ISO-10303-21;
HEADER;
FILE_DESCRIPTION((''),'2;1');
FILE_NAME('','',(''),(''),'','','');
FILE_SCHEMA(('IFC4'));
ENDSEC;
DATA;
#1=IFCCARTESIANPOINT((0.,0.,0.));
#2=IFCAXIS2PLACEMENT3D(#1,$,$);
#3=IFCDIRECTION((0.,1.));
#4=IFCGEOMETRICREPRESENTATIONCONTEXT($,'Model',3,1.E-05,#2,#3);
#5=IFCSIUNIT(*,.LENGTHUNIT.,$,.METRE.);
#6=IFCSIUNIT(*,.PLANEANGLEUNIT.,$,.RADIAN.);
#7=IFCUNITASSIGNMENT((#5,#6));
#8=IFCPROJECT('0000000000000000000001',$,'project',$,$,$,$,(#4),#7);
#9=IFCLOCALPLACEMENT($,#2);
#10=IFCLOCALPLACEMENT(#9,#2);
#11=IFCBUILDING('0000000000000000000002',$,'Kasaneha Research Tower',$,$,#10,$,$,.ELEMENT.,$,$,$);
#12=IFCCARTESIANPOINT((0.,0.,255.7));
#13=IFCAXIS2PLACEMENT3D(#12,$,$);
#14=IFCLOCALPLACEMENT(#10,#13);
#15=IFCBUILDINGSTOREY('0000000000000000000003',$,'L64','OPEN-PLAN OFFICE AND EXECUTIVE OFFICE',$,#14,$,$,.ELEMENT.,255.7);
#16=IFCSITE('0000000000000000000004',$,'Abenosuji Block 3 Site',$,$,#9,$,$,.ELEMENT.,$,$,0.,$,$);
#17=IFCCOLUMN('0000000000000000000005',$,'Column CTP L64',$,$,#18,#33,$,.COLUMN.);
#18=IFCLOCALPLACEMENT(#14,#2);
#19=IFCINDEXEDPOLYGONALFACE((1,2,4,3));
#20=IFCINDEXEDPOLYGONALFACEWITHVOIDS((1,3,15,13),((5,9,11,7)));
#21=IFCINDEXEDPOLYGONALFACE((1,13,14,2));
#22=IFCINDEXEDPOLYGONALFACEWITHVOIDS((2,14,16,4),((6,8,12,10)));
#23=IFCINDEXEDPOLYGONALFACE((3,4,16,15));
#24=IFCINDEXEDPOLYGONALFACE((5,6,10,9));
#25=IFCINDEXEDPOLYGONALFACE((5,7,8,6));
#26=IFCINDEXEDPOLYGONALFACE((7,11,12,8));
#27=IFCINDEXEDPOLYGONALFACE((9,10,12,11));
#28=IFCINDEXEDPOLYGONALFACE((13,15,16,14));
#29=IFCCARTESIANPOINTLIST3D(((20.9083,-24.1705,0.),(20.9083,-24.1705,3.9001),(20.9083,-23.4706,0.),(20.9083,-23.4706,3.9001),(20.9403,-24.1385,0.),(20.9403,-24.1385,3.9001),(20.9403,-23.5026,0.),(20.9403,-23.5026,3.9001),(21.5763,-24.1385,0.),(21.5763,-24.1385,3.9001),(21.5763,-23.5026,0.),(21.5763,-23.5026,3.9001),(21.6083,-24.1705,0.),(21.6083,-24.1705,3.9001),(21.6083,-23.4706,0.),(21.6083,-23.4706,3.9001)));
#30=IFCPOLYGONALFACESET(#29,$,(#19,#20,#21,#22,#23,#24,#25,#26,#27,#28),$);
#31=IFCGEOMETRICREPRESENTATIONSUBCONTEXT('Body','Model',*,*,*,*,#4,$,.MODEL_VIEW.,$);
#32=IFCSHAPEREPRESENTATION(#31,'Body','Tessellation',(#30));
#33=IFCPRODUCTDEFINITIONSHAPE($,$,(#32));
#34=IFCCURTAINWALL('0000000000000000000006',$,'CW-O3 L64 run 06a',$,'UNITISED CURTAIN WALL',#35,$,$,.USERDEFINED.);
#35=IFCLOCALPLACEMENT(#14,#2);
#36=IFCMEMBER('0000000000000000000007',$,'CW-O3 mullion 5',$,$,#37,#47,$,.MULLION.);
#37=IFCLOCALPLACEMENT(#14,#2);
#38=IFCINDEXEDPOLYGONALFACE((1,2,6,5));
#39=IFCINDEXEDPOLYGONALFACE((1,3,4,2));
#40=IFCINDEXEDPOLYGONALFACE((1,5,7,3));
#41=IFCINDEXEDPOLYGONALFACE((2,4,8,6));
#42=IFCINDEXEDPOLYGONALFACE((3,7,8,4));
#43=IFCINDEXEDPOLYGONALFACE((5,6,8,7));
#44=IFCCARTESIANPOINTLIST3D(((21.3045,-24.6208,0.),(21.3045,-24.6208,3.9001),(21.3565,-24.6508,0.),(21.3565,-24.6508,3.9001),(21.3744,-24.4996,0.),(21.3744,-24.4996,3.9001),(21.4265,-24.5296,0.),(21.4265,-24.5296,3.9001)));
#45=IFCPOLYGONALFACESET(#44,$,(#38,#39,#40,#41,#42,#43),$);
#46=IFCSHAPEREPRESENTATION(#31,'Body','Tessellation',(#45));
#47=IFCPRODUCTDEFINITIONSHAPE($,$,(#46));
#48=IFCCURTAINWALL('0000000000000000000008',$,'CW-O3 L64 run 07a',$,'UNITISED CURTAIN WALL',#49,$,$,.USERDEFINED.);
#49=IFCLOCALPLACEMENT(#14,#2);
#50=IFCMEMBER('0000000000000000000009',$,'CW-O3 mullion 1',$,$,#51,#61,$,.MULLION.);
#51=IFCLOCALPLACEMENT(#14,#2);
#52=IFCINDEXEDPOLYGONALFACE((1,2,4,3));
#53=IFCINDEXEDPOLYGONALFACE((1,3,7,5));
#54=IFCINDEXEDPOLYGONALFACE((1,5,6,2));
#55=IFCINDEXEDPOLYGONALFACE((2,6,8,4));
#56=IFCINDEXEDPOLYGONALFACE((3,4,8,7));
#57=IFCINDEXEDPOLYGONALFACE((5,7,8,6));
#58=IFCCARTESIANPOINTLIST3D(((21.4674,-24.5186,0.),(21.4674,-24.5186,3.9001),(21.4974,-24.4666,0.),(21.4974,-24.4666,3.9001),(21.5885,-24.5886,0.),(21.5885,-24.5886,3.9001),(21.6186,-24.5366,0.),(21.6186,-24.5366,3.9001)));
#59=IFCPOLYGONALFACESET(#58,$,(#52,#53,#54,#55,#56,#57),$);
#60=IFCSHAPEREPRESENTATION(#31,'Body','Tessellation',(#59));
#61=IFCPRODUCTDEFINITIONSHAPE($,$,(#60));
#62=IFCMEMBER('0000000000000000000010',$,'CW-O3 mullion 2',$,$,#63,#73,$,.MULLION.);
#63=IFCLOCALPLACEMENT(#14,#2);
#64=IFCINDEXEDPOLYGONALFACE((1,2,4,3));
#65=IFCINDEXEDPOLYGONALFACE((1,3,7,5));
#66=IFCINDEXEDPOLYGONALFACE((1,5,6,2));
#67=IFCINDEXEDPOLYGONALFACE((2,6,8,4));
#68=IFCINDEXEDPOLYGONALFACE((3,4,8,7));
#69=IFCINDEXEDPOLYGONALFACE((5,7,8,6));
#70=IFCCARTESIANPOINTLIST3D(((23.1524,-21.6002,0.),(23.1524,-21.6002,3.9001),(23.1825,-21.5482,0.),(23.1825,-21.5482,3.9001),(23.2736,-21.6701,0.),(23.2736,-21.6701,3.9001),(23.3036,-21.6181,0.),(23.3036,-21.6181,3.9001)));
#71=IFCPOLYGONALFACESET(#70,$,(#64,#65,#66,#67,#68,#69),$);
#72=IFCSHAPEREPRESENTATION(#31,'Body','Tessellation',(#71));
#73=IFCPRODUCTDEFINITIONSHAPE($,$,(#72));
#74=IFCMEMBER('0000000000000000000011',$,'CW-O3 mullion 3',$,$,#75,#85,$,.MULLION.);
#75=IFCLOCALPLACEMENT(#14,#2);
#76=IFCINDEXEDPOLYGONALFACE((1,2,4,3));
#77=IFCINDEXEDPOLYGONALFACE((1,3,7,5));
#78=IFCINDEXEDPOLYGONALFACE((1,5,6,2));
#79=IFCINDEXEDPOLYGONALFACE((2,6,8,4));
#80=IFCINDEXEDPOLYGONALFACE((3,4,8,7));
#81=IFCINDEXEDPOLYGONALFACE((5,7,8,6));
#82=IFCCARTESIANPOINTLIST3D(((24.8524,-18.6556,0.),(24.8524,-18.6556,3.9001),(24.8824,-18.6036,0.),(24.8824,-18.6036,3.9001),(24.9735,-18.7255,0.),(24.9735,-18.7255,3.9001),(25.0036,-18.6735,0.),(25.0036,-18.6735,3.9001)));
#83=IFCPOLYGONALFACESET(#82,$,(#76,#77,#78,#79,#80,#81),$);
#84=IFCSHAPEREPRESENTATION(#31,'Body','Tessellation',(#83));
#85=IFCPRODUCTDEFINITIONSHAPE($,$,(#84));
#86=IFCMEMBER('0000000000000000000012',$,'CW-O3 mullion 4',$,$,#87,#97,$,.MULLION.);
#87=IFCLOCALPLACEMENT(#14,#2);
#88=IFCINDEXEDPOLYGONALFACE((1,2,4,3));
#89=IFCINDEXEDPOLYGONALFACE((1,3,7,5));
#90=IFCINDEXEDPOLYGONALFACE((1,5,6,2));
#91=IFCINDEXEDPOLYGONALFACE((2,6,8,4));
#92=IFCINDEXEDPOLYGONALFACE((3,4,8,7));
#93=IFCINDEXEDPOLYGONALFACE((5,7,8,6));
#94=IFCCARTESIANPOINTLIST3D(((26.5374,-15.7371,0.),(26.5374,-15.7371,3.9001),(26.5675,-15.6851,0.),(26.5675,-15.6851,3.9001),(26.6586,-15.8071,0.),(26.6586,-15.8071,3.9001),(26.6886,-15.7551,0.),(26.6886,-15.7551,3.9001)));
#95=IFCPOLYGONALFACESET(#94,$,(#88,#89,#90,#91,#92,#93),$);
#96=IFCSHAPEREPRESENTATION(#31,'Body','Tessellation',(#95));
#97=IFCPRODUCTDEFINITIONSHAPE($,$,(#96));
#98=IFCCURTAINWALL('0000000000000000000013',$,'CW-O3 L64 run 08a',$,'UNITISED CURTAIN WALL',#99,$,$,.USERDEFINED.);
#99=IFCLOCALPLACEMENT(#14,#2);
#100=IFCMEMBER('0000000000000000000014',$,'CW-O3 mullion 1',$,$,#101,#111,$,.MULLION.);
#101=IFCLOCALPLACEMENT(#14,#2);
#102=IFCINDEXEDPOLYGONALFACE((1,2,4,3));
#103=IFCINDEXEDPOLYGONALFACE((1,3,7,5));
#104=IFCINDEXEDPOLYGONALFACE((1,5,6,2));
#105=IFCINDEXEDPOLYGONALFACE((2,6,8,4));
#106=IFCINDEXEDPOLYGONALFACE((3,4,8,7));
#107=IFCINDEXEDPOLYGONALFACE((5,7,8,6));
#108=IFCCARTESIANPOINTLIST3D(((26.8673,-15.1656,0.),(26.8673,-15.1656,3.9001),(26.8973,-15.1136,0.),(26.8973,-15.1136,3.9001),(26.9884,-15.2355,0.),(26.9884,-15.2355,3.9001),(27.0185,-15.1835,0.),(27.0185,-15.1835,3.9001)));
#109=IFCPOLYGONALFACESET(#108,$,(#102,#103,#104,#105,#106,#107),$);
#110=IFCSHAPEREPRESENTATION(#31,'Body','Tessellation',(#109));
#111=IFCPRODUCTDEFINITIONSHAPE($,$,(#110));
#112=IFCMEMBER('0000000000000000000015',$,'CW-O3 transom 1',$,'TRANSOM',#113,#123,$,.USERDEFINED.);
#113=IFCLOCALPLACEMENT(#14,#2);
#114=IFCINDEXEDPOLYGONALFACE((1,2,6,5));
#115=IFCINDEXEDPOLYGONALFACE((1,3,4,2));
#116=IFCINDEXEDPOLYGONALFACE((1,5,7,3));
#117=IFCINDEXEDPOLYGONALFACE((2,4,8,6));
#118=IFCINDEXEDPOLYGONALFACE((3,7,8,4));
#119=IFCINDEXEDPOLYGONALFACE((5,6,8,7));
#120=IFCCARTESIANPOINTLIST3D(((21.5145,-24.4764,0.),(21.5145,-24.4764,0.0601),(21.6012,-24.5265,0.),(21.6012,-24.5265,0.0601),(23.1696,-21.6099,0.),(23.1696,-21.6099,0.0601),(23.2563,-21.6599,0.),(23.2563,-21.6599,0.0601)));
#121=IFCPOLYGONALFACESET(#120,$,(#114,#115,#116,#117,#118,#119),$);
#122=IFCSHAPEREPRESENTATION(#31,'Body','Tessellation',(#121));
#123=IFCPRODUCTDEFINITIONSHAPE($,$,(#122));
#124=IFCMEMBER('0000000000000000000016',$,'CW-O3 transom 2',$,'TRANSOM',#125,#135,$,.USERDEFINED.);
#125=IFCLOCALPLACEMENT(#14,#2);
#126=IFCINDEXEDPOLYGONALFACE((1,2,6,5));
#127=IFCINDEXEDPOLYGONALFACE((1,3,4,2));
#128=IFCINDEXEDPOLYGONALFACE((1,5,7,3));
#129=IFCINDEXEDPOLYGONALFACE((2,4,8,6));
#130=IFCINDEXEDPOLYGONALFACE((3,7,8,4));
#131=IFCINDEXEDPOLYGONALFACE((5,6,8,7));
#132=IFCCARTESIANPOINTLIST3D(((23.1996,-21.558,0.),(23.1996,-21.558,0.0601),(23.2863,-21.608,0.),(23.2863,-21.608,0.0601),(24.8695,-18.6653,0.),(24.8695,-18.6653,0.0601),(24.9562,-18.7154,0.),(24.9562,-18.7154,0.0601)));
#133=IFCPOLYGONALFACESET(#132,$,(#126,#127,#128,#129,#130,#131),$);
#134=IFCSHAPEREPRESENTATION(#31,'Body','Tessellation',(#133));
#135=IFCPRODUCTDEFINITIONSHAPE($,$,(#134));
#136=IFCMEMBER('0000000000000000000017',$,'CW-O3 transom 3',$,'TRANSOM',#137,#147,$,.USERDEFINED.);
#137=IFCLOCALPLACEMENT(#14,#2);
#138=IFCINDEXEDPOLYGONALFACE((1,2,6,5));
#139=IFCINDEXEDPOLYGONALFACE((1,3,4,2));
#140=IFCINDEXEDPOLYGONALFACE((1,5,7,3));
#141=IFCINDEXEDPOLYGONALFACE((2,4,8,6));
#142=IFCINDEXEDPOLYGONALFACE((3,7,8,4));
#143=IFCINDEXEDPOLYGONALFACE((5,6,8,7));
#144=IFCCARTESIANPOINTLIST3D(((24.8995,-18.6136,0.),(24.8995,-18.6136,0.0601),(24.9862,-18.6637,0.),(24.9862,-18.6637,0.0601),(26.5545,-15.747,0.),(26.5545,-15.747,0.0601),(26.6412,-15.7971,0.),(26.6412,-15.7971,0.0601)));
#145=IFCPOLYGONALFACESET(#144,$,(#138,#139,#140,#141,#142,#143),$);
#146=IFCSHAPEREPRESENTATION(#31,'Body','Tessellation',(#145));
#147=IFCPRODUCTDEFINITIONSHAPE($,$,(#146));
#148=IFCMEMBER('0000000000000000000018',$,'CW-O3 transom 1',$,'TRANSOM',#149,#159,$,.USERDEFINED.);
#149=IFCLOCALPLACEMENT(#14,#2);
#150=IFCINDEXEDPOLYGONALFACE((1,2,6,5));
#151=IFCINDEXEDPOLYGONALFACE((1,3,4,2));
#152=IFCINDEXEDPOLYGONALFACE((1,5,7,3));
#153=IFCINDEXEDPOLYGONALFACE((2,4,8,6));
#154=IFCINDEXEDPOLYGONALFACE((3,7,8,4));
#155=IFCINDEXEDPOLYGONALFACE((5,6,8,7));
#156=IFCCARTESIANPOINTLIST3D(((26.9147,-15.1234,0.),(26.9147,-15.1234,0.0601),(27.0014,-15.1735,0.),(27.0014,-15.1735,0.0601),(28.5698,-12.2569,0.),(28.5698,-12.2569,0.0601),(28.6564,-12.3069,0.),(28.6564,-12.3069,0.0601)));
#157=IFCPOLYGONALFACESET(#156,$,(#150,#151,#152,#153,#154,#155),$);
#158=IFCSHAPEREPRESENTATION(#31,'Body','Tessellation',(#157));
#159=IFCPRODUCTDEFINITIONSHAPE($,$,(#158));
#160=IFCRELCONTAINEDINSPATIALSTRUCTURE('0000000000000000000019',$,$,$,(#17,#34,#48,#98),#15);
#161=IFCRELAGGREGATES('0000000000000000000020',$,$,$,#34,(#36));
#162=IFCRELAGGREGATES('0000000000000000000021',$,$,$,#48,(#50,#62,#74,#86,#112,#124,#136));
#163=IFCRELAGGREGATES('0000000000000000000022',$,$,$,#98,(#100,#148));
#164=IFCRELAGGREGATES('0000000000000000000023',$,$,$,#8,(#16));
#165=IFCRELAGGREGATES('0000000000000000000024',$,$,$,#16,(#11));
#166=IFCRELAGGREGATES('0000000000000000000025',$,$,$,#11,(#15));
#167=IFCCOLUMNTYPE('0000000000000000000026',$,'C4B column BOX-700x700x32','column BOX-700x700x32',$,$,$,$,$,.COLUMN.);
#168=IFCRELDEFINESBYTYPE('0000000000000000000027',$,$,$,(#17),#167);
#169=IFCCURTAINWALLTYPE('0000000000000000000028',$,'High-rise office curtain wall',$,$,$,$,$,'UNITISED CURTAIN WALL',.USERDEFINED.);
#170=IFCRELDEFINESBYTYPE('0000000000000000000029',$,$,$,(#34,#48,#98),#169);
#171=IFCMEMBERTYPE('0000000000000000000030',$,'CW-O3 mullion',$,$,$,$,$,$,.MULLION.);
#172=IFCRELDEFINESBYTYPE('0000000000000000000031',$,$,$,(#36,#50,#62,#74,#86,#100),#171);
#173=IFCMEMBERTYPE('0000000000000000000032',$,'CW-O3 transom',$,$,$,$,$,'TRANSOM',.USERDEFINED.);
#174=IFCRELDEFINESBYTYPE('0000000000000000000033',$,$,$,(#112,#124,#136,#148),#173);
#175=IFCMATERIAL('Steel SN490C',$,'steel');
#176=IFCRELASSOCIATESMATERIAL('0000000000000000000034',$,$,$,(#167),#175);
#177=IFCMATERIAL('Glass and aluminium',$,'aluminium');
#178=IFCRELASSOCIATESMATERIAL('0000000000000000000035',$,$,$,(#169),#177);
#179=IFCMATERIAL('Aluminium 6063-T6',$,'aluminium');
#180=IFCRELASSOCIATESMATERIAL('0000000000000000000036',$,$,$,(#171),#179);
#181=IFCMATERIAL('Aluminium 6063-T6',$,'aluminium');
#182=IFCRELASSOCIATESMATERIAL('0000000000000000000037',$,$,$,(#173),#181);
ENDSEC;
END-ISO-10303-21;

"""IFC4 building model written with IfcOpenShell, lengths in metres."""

from ifc_helpers import new_model, si_unit, direction, frame, origin, origin_2d, place, context, subcontext, project, spatial, rectangle, hollow_rectangle, extrude, material, material_profile, profile_set, type_object, element, aggregate, save


model = new_model("IFC4")

# Units and contexts
model_context = context("Model", 3, precision=1e-05, world=origin(), true_north=direction((0.0, 1.0)))
body_context = subcontext(model_context, "Body", "Model", "MODEL_VIEW")
ifc_project = project(units=[si_unit("LENGTHUNIT", "METRE"), si_unit("PLANEANGLEUNIT", "RADIAN")], contexts=[model_context])

# Site, building, storey
site_placement = place(None, origin())
site = spatial("IfcSite", under=ifc_project, at=site_placement, Name="Abenosuji Block 3 Site", CompositionType="ELEMENT", RefElevation=0.0)
building_placement = place(site_placement, origin())
building = spatial("IfcBuilding", under=site, at=building_placement, Name="Kasaneha Research Tower", CompositionType="ELEMENT")
storey_placement = place(building_placement, frame((0.0, 0.0, 255.7)))
storey = spatial("IfcBuildingStorey", under=building, at=storey_placement, Name="L64", Description="OPEN-PLAN OFFICE AND EXECUTIVE OFFICE", CompositionType="ELEMENT", Elevation=255.7)

# Column
ifc_material_1 = material(Name="Steel SN490C", Category="steel")
ifc_material_profile_1 = material_profile(ifc_material_1, hollow_rectangle(XDim=0.7, YDim=0.7, WallThickness=0.032, at=origin_2d()), Name="BOX-700x700x32")
ifc_profile_set_1 = profile_set([ifc_material_profile_1], Name="Steel SN490C")
column_type = type_object("IfcColumnType", Name="C4B column BOX-700x700x32", Description="column BOX-700x700x32", PredefinedType="COLUMN", material=ifc_profile_set_1)
column_placement = place(storey_placement, frame((21.2583, -23.8206, 0.0), z_axis=(0.0, 0.0, 1.0), x_axis=(1.0, 0.0, 0.0)))
element("IfcColumn", 1, at=column_placement, inside=storey, type_object=column_type, Name="Column CTP L64", PredefinedType="COLUMN", context=body_context, shape_type="SweptSolid", body=[
    extrude(hollow_rectangle(XDim=0.7, YDim=0.7, WallThickness=0.032, at=origin_2d()), origin(), (0.0, 0.0, 1.0), 3.9001),
])

# Curtain wall, member
ifc_material_2 = material(Name="Glass and aluminium", Category="aluminium")
curtain_wall_type = type_object("IfcCurtainWallType", Name="High-rise office curtain wall", ElementType="UNITISED CURTAIN WALL", PredefinedType="USERDEFINED", material=ifc_material_2)
curtain_wall_1_placement = place(storey_placement, origin())
curtain_wall_1 = element("IfcCurtainWall", 2, at=curtain_wall_1_placement, inside=storey, type_object=curtain_wall_type, Name="CW-O3 L64 run 06a", ObjectType="UNITISED CURTAIN WALL", PredefinedType="USERDEFINED")
ifc_material_3 = material(Name="Aluminium 6063-T6", Category="aluminium")
ifc_material_profile_2 = material_profile(ifc_material_3, rectangle(XDim=0.0601, YDim=0.1399, at=origin_2d()), Name="CW-O3 mullion 60x140")
ifc_profile_set_2 = profile_set([ifc_material_profile_2], Name="Aluminium 6063-T6")
member_type_1 = type_object("IfcMemberType", Name="CW-O3 mullion", PredefinedType="MULLION", material=ifc_profile_set_2)
member_1_placement = place(storey_placement, frame((21.3655, -24.5752, 0.0), z_axis=(0.0, 0.0, 1.0), x_axis=(0.866025, -0.5, 0.0)))
member_1 = element("IfcMember", 3, at=member_1_placement, type_object=member_type_1, Name="CW-O3 mullion 5", PredefinedType="MULLION", context=body_context, shape_type="SweptSolid", body=[
    extrude(rectangle(XDim=0.0601, YDim=0.1399, at=origin_2d()), origin(), (0.0, 0.0, 1.0), 3.9001),
])

# Curtain wall, members
curtain_wall_2_placement = place(storey_placement, origin())
curtain_wall_2 = element("IfcCurtainWall", 4, at=curtain_wall_2_placement, inside=storey, type_object=curtain_wall_type, Name="CW-O3 L64 run 07a", ObjectType="UNITISED CURTAIN WALL", PredefinedType="USERDEFINED")
member_2_placement = place(storey_placement, frame((21.543, -24.5276, 0.0), z_axis=(0.0, 0.0, 1.0), x_axis=(0.5, 0.866025, 0.0)))
member_2 = element("IfcMember", 5, at=member_2_placement, type_object=member_type_1, Name="CW-O3 mullion 1", PredefinedType="MULLION", context=body_context, shape_type="SweptSolid", body=[
    extrude(rectangle(XDim=0.0601, YDim=0.1399, at=origin_2d()), origin(), (0.0, 0.0, 1.0), 3.9001),
])
member_3_placement = place(storey_placement, frame((23.228, -21.6091, 0.0), z_axis=(0.0, 0.0, 1.0), x_axis=(0.5, 0.866025, 0.0)))
member_3 = element("IfcMember", 6, at=member_3_placement, type_object=member_type_1, Name="CW-O3 mullion 2", PredefinedType="MULLION", context=body_context, shape_type="SweptSolid", body=[
    extrude(rectangle(XDim=0.0601, YDim=0.1399, at=origin_2d()), origin(), (0.0, 0.0, 1.0), 3.9001),
])
member_4_placement = place(storey_placement, frame((24.928, -18.6646, 0.0), z_axis=(0.0, 0.0, 1.0), x_axis=(0.5, 0.866025, 0.0)))
member_4 = element("IfcMember", 7, at=member_4_placement, type_object=member_type_1, Name="CW-O3 mullion 3", PredefinedType="MULLION", context=body_context, shape_type="SweptSolid", body=[
    extrude(rectangle(XDim=0.0601, YDim=0.1399, at=origin_2d()), origin(), (0.0, 0.0, 1.0), 3.9001),
])
member_5_placement = place(storey_placement, frame((26.613, -15.7461, 0.0), z_axis=(0.0, 0.0, 1.0), x_axis=(0.5, 0.866025, 0.0)))
member_5 = element("IfcMember", 8, at=member_5_placement, type_object=member_type_1, Name="CW-O3 mullion 4", PredefinedType="MULLION", context=body_context, shape_type="SweptSolid", body=[
    extrude(rectangle(XDim=0.0601, YDim=0.1399, at=origin_2d()), origin(), (0.0, 0.0, 1.0), 3.9001),
])

# Curtain wall, member
curtain_wall_3_placement = place(storey_placement, origin())
curtain_wall_3 = element("IfcCurtainWall", 9, at=curtain_wall_3_placement, inside=storey, type_object=curtain_wall_type, Name="CW-O3 L64 run 08a", ObjectType="UNITISED CURTAIN WALL", PredefinedType="USERDEFINED")
member_6_placement = place(storey_placement, frame((26.9429, -15.1746, 0.0), z_axis=(0.0, 0.0, 1.0), x_axis=(0.5, 0.866025, 0.0)))
member_6 = element("IfcMember", 10, at=member_6_placement, type_object=member_type_1, Name="CW-O3 mullion 1", PredefinedType="MULLION", context=body_context, shape_type="SweptSolid", body=[
    extrude(rectangle(XDim=0.0601, YDim=0.1399, at=origin_2d()), origin(), (0.0, 0.0, 1.0), 3.9001),
])

# Members
ifc_material_4 = material(Name="Aluminium 6063-T6", Category="aluminium")
ifc_material_profile_3 = material_profile(ifc_material_4, rectangle(XDim=0.1001, YDim=0.0601, at=origin_2d()), Name="CW-O3 transom 100x60")
ifc_profile_set_3 = profile_set([ifc_material_profile_3], Name="Aluminium 6063-T6")
member_type_2 = type_object("IfcMemberType", Name="CW-O3 transom", ElementType="TRANSOM", PredefinedType="USERDEFINED", material=ifc_profile_set_3)
member_7_placement = place(storey_placement, frame((21.5579, -24.5015, 0.03), z_axis=(0.500018, 0.866015, 0.0), x_axis=(-0.866015, 0.500018, 0.0)))
member_7 = element("IfcMember", 11, at=member_7_placement, type_object=member_type_2, Name="CW-O3 transom 1", ObjectType="TRANSOM", PredefinedType="USERDEFINED", context=body_context, shape_type="SweptSolid", body=[
    extrude(rectangle(XDim=0.1001, YDim=0.0601, at=origin_2d()), origin(), (0.0, 0.0, 1.0), 3.3101),
])
member_8_placement = place(storey_placement, frame((23.2429, -21.583, 0.03), z_axis=(0.499976, 0.86604, 0.0), x_axis=(-0.86604, 0.499976, 0.0)))
member_8 = element("IfcMember", 12, at=member_8_placement, type_object=member_type_2, Name="CW-O3 transom 2", ObjectType="TRANSOM", PredefinedType="USERDEFINED", context=body_context, shape_type="SweptSolid", body=[
    extrude(rectangle(XDim=0.1001, YDim=0.0601, at=origin_2d()), origin(), (0.0, 0.0, 1.0), 3.3401),
])
member_9_placement = place(storey_placement, frame((24.9429, -18.6387, 0.03), z_axis=(0.499986, 0.866033, 0.0), x_axis=(-0.866033, 0.499986, 0.0)))
member_9 = element("IfcMember", 13, at=member_9_placement, type_object=member_type_2, Name="CW-O3 transom 3", ObjectType="TRANSOM", PredefinedType="USERDEFINED", context=body_context, shape_type="SweptSolid", body=[
    extrude(rectangle(XDim=0.1001, YDim=0.0601, at=origin_2d()), origin(), (0.0, 0.0, 1.0), 3.3101),
])
member_10_placement = place(storey_placement, frame((26.958, -15.1484, 0.03), z_axis=(0.500018, 0.866015, 0.0), x_axis=(-0.866015, 0.500018, 0.0)))
member_10 = element("IfcMember", 14, at=member_10_placement, type_object=member_type_2, Name="CW-O3 transom 1", ObjectType="TRANSOM", PredefinedType="USERDEFINED", context=body_context, shape_type="SweptSolid", body=[
    extrude(rectangle(XDim=0.1001, YDim=0.0601, at=origin_2d()), origin(), (0.0, 0.0, 1.0), 3.3101),
])

aggregate(curtain_wall_1, [member_1])
aggregate(curtain_wall_2, [member_2, member_3, member_4, member_5, member_7, member_8, member_9])
aggregate(curtain_wall_3, [member_6, member_10])

save(model, "model.ifc")
